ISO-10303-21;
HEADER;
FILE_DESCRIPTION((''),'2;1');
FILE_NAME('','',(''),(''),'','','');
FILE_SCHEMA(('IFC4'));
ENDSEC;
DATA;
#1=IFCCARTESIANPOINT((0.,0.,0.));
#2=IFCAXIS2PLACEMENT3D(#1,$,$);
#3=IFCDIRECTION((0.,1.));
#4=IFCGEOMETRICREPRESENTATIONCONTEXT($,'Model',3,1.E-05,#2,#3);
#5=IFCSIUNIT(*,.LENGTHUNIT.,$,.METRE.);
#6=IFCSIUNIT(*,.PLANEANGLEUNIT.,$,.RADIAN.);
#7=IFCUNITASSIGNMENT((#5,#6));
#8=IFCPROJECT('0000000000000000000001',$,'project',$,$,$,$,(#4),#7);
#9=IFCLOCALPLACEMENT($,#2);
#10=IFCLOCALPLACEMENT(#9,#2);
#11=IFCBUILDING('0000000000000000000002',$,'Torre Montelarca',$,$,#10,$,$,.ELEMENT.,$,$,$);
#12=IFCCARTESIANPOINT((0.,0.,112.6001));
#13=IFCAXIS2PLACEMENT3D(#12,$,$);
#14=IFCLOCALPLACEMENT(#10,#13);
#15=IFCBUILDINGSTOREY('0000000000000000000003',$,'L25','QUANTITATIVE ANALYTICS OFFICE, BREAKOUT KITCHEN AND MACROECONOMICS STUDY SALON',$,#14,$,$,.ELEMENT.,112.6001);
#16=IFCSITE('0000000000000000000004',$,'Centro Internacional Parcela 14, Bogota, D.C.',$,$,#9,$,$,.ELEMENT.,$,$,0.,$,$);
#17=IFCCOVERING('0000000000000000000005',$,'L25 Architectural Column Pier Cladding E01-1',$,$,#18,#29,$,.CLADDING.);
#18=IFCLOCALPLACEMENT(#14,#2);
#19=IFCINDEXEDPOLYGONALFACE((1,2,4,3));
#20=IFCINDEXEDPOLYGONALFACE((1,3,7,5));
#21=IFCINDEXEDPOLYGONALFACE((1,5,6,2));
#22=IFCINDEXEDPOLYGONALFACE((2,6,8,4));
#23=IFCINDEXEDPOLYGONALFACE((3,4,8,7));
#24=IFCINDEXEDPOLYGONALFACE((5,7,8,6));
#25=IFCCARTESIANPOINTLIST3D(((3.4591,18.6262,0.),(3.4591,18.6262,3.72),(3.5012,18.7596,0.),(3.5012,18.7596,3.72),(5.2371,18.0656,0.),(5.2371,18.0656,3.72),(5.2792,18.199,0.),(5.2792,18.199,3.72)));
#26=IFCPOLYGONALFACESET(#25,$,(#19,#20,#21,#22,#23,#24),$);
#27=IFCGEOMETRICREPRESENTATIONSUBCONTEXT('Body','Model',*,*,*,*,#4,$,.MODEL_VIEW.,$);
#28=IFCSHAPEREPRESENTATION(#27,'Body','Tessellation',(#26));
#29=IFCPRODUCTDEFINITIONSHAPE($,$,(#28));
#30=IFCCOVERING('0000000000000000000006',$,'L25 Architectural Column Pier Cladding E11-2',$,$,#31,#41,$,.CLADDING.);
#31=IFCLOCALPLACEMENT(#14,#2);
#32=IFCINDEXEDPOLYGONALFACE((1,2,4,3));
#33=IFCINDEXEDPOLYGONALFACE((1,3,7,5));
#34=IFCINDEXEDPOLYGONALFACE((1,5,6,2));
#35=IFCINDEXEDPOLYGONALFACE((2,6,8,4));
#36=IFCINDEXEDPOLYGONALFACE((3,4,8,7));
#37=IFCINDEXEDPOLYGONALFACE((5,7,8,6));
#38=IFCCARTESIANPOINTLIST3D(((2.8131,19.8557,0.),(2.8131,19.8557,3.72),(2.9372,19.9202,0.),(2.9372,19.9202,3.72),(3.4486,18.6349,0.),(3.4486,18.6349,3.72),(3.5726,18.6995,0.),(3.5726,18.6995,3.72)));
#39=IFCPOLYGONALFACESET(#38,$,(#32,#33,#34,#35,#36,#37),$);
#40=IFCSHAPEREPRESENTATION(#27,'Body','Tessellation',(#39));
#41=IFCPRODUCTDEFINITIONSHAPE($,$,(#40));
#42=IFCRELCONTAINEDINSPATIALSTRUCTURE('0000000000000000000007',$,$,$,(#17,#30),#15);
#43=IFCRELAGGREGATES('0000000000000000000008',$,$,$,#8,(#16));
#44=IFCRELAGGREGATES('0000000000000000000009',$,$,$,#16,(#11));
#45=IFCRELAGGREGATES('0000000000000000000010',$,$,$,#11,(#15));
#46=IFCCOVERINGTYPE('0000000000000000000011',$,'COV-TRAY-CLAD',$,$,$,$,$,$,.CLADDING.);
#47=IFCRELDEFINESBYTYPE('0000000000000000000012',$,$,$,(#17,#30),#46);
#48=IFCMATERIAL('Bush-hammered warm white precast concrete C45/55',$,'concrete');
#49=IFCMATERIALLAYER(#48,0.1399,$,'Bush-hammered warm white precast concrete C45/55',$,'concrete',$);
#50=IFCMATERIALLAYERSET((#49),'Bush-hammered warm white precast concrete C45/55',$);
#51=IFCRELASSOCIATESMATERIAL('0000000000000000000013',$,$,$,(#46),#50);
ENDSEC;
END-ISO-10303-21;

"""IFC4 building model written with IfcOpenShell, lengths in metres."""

from ifc_helpers import new_model, si_unit, direction, frame, origin, origin_2d, place, context, subcontext, project, spatial, rectangle, extrude, source, transform, mapped, material, layer, layer_set, type_object, element, save


model = new_model("IFC4")

# Units and contexts
model_context = context("Model", 3, precision=1e-05, world=origin(), true_north=direction((0.0, 1.0)))
body_context = subcontext(model_context, "Body", "Model", "MODEL_VIEW")
ifc_project = project(units=[si_unit("LENGTHUNIT", "METRE"), si_unit("PLANEANGLEUNIT", "RADIAN")], contexts=[model_context])

# Site, building, storey
site_placement = place(None, origin())
site = spatial("IfcSite", under=ifc_project, at=site_placement, Name="Centro Internacional Parcela 14, Bogota, D.C.", CompositionType="ELEMENT", RefElevation=0.0)
building_placement = place(site_placement, origin())
building = spatial("IfcBuilding", under=site, at=building_placement, Name="Torre Montelarca", CompositionType="ELEMENT")
storey_placement = place(building_placement, frame((0.0, 0.0, 112.6001)))
storey = spatial("IfcBuildingStorey", under=building, at=storey_placement, Name="L25", Description="QUANTITATIVE ANALYTICS OFFICE, BREAKOUT KITCHEN AND MACROECONOMICS STUDY SALON", CompositionType="ELEMENT", Elevation=112.6001)

# Coverings
ifc_material_1 = material(Name="Bush-hammered warm white precast concrete C45/55", Category="concrete")
ifc_layer_1 = layer(ifc_material_1, 0.1399, Name="Bush-hammered warm white precast concrete C45/55", Category="concrete")
ifc_layer_set_1 = layer_set([ifc_layer_1], Name="Bush-hammered warm white precast concrete C45/55")
covering_type_1 = type_object("IfcCoveringType", Name="COV-TRAY-CLAD", PredefinedType="CLADDING", material=ifc_layer_set_1)
shared_shape_1 = source(origin(), body_context, "Body", "SweptSolid", [
    extrude(rectangle(XDim=1.8643, YDim=0.1399, at=origin_2d()), origin(), (0.0, 0.0, 1.0), 3.72),
])
covering_1_placement = place(storey_placement, frame((4.3691, 18.4126, 0.0), z_axis=(0.0, 0.0, 1.0), x_axis=(0.953717, -0.300704, 0.0)))
element("IfcCovering", 1, at=covering_1_placement, inside=storey, type_object=covering_type_1, Name="L25 Architectural Column Pier Cladding E01-1", PredefinedType="CLADDING", context=body_context, shape_type="MappedRepresentation", body=[
    mapped(shared_shape_1, transform((0.0, 0.0, 0.0), scale=1.0)),
])
shared_shape_2 = source(origin(), body_context, "Body", "SweptSolid", [
    extrude(rectangle(XDim=1.3762, YDim=0.1399, at=origin_2d()), origin(), (0.0, 0.0, 1.0), 3.72),
])
covering_2_placement = place(storey_placement, frame((3.1929, 19.2776, 0.0), z_axis=(0.0, 0.0, 1.0), x_axis=(0.461749, -0.887011, 0.0)))
element("IfcCovering", 2, at=covering_2_placement, inside=storey, type_object=covering_type_1, Name="L25 Architectural Column Pier Cladding E11-2", PredefinedType="CLADDING", context=body_context, shape_type="MappedRepresentation", body=[
    mapped(shared_shape_2, transform((0.0, 0.0, 0.0), scale=1.0)),
])

save(model, "model.ifc")
